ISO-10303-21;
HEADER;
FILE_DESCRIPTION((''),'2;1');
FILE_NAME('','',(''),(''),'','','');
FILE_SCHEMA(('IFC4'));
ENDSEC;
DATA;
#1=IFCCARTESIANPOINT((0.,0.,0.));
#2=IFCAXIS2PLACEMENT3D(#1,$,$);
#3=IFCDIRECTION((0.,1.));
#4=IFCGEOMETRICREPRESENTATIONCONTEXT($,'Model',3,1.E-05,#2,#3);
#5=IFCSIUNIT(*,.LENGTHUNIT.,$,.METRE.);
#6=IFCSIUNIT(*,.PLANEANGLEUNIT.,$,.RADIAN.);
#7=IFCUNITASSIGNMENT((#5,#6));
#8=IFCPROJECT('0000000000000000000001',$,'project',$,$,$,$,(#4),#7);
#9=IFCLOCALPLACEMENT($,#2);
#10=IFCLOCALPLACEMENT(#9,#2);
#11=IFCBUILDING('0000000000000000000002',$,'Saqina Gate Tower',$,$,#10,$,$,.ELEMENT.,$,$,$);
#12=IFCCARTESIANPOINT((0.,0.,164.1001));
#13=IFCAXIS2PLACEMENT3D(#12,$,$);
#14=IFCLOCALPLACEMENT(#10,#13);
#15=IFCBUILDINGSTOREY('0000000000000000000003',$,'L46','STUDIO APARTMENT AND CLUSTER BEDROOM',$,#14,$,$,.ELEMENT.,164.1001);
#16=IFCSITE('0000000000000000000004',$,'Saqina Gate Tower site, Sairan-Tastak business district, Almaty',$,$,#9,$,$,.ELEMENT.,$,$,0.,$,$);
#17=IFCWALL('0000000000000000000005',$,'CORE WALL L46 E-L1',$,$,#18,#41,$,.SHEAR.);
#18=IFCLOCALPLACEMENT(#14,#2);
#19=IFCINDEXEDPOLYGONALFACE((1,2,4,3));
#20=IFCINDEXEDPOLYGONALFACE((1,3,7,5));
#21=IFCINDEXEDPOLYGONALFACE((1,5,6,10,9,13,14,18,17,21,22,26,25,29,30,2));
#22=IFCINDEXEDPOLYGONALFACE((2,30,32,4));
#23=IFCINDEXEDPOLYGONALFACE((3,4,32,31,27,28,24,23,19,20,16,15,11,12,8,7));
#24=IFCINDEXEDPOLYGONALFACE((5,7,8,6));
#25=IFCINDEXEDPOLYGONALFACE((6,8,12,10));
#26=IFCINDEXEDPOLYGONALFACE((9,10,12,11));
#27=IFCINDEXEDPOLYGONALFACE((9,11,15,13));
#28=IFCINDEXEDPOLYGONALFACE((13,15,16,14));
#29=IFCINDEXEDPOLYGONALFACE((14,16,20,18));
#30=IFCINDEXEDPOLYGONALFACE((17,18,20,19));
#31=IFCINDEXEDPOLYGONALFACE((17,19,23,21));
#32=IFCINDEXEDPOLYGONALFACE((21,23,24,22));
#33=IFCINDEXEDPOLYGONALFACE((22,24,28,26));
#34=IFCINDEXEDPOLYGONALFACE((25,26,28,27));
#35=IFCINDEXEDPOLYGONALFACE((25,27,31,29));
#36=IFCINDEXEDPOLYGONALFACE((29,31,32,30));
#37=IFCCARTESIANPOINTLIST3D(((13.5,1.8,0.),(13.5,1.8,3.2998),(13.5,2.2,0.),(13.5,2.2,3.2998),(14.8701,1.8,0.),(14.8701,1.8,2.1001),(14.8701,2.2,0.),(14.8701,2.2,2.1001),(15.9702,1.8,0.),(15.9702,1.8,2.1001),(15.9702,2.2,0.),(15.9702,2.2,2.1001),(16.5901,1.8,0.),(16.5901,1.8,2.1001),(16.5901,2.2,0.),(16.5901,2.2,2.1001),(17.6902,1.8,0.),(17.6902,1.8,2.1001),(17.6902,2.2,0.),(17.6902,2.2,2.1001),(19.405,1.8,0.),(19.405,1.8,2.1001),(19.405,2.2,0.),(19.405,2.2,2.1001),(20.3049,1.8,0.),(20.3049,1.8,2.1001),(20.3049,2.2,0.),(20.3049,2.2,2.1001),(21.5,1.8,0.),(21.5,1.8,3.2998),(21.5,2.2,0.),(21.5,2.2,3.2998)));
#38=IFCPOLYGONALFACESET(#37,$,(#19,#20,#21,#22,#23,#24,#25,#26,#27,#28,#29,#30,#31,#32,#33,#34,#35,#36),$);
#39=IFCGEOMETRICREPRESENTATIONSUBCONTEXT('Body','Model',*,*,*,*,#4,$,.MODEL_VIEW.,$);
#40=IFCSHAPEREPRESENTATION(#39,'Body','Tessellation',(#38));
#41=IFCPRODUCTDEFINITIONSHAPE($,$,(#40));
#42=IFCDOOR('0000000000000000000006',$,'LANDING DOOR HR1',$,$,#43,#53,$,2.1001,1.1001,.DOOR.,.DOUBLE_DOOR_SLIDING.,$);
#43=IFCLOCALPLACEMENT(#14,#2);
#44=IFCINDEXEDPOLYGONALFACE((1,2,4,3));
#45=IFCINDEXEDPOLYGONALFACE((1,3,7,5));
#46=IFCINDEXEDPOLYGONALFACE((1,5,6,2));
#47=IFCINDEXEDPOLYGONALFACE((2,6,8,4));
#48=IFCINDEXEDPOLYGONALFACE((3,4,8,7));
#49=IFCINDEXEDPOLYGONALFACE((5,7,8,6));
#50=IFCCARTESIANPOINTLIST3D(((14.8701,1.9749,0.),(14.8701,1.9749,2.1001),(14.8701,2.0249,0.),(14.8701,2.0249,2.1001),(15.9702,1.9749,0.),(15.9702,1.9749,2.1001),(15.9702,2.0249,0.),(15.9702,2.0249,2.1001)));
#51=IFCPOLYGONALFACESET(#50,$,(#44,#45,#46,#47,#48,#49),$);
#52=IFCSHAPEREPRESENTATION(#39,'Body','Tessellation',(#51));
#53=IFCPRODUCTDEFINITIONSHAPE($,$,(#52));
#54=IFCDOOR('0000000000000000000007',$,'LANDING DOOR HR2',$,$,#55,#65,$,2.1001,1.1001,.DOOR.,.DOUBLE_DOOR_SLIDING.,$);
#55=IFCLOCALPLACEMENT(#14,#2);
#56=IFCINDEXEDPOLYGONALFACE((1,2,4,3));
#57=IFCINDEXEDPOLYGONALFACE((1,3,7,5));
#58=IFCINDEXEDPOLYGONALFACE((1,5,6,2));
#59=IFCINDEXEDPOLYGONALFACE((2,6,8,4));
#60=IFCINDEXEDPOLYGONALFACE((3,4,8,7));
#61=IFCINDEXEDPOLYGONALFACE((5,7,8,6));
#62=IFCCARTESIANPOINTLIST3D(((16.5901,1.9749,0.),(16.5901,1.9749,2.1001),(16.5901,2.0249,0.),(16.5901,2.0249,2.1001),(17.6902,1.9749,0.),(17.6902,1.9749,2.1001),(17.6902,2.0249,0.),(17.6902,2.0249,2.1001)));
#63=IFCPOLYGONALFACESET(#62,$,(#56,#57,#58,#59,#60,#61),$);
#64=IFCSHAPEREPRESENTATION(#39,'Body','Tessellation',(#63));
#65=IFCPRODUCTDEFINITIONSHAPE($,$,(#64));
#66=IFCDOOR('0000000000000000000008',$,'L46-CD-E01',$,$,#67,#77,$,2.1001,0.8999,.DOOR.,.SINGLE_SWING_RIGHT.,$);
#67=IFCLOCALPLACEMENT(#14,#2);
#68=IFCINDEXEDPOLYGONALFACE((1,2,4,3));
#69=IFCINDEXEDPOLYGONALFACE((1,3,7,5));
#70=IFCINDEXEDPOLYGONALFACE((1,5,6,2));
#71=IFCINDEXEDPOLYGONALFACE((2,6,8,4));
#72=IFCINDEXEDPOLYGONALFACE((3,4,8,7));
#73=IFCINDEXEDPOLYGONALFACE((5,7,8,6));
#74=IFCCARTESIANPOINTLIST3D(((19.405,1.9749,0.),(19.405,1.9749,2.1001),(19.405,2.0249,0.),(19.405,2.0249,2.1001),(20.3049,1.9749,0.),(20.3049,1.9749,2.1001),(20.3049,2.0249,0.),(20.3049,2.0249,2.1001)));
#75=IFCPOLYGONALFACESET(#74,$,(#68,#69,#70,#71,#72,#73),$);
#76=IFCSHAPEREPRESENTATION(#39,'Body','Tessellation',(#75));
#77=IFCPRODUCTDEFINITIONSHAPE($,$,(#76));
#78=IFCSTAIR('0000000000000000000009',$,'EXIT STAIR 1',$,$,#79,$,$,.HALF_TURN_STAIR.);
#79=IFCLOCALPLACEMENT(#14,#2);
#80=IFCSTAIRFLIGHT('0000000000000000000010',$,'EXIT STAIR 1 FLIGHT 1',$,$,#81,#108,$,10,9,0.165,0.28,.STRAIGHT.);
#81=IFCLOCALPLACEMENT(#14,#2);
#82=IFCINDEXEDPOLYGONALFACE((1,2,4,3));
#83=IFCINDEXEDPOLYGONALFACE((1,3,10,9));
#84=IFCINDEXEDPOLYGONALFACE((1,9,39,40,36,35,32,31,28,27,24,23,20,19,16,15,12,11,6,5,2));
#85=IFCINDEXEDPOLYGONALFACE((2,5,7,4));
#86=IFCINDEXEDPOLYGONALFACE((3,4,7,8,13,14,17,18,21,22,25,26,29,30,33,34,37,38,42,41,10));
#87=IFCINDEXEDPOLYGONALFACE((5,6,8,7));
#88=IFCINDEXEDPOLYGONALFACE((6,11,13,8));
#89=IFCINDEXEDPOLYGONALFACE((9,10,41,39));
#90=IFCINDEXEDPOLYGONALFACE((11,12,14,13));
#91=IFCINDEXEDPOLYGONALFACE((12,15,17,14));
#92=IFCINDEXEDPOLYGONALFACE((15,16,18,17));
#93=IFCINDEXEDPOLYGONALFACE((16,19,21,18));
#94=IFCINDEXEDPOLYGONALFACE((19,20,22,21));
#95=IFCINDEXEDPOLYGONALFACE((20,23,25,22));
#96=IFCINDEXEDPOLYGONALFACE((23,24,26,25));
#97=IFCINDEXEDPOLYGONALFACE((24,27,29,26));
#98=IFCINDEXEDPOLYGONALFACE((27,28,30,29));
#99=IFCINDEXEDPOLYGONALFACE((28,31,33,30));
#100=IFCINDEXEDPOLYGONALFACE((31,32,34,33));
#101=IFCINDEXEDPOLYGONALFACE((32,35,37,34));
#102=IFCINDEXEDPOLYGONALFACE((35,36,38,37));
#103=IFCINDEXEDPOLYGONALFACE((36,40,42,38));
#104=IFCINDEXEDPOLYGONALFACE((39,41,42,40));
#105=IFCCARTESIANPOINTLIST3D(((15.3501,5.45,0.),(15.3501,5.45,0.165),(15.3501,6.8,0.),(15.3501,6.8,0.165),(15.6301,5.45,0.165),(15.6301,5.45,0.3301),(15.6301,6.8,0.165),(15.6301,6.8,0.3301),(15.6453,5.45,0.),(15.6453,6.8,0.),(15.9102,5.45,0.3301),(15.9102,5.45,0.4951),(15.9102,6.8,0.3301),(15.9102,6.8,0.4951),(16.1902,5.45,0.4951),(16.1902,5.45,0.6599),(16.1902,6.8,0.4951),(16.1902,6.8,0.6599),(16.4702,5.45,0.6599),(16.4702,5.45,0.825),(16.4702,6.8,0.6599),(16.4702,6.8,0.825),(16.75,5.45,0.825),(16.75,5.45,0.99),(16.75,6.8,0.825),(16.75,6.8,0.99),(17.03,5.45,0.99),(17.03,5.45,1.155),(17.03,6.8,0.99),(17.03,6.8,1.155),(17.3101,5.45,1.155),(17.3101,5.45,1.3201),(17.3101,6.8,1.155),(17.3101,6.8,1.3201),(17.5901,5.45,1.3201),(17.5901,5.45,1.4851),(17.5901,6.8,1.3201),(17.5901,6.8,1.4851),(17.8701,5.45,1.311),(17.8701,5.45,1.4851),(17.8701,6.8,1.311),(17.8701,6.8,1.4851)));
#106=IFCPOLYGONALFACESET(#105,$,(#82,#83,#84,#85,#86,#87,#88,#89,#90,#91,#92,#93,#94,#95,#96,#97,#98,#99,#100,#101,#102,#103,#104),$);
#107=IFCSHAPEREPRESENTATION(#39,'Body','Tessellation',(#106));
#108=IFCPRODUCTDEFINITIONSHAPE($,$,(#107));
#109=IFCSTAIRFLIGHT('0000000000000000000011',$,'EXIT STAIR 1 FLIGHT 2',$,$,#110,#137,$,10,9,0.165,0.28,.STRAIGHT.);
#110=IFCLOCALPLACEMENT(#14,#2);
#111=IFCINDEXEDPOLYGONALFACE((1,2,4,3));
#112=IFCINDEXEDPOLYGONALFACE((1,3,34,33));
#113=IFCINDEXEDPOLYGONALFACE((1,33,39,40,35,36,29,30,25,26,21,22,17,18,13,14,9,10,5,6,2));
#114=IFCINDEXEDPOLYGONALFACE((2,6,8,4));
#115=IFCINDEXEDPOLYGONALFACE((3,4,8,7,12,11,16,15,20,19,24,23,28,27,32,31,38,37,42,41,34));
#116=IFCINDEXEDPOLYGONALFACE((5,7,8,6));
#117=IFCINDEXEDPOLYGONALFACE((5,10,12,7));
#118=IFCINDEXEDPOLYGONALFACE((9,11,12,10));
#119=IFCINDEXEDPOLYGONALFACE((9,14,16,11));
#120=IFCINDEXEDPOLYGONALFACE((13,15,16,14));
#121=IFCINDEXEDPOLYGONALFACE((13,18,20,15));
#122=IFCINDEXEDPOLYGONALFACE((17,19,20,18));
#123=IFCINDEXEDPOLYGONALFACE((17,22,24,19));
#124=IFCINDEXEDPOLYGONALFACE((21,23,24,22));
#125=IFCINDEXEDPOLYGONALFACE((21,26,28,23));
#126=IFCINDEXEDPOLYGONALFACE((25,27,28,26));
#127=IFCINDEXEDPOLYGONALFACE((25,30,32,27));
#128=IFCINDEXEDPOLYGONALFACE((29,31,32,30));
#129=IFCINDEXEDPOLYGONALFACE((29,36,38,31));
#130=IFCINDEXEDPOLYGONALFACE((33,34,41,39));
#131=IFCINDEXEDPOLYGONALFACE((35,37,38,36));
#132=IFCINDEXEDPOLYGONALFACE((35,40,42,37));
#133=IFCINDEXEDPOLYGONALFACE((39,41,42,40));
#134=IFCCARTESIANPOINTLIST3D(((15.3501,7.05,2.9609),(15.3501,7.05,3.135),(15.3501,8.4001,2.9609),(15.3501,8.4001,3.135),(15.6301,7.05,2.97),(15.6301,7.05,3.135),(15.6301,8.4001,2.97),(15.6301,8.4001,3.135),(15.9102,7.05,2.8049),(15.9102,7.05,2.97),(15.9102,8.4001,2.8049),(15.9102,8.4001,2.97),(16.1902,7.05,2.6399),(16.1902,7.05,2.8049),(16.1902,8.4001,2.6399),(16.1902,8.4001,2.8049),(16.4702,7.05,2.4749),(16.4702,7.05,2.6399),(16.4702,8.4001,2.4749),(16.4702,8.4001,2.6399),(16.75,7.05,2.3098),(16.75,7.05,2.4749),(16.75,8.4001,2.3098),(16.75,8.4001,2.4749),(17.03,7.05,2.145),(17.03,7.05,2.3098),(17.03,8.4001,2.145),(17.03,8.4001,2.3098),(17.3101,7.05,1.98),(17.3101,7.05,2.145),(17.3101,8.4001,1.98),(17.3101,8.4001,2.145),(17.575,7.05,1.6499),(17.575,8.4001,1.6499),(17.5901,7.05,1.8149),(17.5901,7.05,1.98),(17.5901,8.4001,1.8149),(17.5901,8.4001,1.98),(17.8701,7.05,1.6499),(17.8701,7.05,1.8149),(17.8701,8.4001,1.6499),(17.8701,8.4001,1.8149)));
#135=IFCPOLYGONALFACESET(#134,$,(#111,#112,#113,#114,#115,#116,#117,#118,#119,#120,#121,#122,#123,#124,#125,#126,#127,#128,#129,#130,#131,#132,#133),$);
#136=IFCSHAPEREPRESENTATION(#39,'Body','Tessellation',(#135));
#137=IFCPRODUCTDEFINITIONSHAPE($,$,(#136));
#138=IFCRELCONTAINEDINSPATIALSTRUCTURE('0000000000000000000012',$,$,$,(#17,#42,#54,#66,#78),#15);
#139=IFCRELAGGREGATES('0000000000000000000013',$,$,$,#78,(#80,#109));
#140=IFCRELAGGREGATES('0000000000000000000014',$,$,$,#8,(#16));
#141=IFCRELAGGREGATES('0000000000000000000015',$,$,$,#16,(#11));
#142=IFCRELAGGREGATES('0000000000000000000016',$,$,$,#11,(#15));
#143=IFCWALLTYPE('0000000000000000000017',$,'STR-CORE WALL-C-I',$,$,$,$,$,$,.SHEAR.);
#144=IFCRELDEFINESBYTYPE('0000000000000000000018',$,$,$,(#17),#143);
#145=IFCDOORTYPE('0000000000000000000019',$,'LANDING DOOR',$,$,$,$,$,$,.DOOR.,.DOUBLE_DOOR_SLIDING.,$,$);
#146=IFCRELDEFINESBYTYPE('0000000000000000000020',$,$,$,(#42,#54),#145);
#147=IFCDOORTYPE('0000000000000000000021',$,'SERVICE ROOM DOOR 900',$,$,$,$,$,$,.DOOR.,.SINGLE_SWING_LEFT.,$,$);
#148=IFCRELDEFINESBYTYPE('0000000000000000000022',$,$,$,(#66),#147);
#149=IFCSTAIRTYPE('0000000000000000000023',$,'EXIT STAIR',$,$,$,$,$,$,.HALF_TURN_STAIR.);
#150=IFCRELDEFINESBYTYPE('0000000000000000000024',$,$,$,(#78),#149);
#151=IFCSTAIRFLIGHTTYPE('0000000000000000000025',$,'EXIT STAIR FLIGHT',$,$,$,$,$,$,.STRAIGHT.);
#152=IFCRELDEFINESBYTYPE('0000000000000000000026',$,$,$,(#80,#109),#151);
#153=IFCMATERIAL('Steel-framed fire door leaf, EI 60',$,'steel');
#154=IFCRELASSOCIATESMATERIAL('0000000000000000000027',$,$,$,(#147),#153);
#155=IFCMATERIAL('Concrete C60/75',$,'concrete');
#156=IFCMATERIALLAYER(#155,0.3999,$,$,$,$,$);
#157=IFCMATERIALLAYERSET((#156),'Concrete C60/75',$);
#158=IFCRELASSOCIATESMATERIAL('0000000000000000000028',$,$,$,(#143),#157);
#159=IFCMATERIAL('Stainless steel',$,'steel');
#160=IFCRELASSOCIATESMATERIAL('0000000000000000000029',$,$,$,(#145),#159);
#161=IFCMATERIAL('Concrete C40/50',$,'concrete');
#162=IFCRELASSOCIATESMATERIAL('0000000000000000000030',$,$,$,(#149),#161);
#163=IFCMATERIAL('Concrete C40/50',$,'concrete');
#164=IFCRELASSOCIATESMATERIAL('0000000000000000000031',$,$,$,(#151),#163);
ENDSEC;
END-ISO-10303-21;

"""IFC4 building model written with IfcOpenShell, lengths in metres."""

from ifc_helpers import new_model, si_unit, direction, frame, frame_2d, origin, place, context, subcontext, project, spatial, polyline, rectangle, outline, extrude, material, layer, layer_set, type_object, element, fill, aggregate, save


model = new_model("IFC4")

# Units and contexts
model_context = context("Model", 3, precision=1e-05, world=origin(), true_north=direction((0.0, 1.0)))
body_context = subcontext(model_context, "Body", "Model", "MODEL_VIEW")
ifc_project = project(units=[si_unit("LENGTHUNIT", "METRE"), si_unit("PLANEANGLEUNIT", "RADIAN")], contexts=[model_context])

# Site, building, storey
site_placement = place(None, origin())
site = spatial("IfcSite", under=ifc_project, at=site_placement, Name="Saqina Gate Tower site, Sairan-Tastak business district, Almaty", CompositionType="ELEMENT", RefElevation=0.0)
building_placement = place(site_placement, origin())
building = spatial("IfcBuilding", under=site, at=building_placement, Name="Saqina Gate Tower", CompositionType="ELEMENT")
storey_placement = place(building_placement, frame((0.0, 0.0, 164.1001)))
storey = spatial("IfcBuildingStorey", under=building, at=storey_placement, Name="L46", Description="STUDIO APARTMENT AND CLUSTER BEDROOM", CompositionType="ELEMENT", Elevation=164.1001)

# Shared definitions
ifc_material_1 = material(Name="Steel-framed fire door leaf, EI 60", Category="steel")
door_type_1 = type_object("IfcDoorType", Name="SERVICE ROOM DOOR 900", OperationType="SINGLE_SWING_LEFT", PredefinedType="DOOR", material=ifc_material_1)

# Shared definitions
ifc_material_2 = material(Name="Concrete C60/75", Category="concrete")
ifc_layer_1 = layer(ifc_material_2, 0.3999)
ifc_layer_set_1 = layer_set([ifc_layer_1], Name="Concrete C60/75")
wall_type_1 = type_object("IfcWallType", Name="STR-CORE WALL-C-I", PredefinedType="SHEAR", material=ifc_layer_set_1)

# Wall, openings, doors
wall_1_placement = place(storey_placement, frame((13.5, 2.0, 0.0), z_axis=(0.0, 0.0, 1.0), x_axis=(1.0, 0.0, 0.0)))
wall_1 = element("IfcWall", 1, at=wall_1_placement, inside=storey, type_object=wall_type_1, Name="CORE WALL L46 E-L1", PredefinedType="SHEAR", context=body_context, shape_type="SweptSolid", body=[
    extrude(rectangle(XDim=8.0, YDim=0.3999, at=frame_2d((4.0, 0.0))), origin(), (0.0, 0.0, 1.0), 3.2998),
])
opening_1_placement = place(wall_1_placement, frame((1.3701, 0.0, 0.0)))
opening_1 = element("IfcOpeningElement", 2, at=opening_1_placement, cuts=wall_1, PredefinedType="OPENING", context=body_context, shape_type="SweptSolid", body=[
    extrude(rectangle(XDim=1.1001, YDim=2.1001, at=frame_2d((0.55, 1.05))), frame((0.0, 0.2119, 0.0), z_axis=(0.0, -1.0, 0.0), x_axis=(1.0, 0.0, 0.0)), (0.0, 0.0, 1.0), 0.4238),
])
opening_2_placement = place(wall_1_placement, frame((3.0901, 0.0, 0.0)))
opening_2 = element("IfcOpeningElement", 3, at=opening_2_placement, cuts=wall_1, PredefinedType="OPENING", context=body_context, shape_type="SweptSolid", body=[
    extrude(rectangle(XDim=1.1001, YDim=2.1001, at=frame_2d((0.55, 1.05))), frame((0.0, 0.2119, 0.0), z_axis=(0.0, -1.0, 0.0), x_axis=(1.0, 0.0, 0.0)), (0.0, 0.0, 1.0), 0.4238),
])
opening_3_placement = place(wall_1_placement, frame((5.905, 0.0, 0.0)))
opening_3 = element("IfcOpeningElement", 4, at=opening_3_placement, cuts=wall_1, PredefinedType="OPENING", context=body_context, shape_type="SweptSolid", body=[
    extrude(rectangle(XDim=0.8999, YDim=2.1001, at=frame_2d((0.45, 1.05))), frame((0.0, 0.2119, 0.0), z_axis=(0.0, -1.0, 0.0), x_axis=(1.0, 0.0, 0.0)), (0.0, 0.0, 1.0), 0.4238),
])
ifc_material_3 = material(Name="Stainless steel", Category="steel")
door_type_2 = type_object("IfcDoorType", Name="LANDING DOOR", OperationType="DOUBLE_DOOR_SLIDING", PredefinedType="DOOR", material=ifc_material_3)
door_1_placement = place(opening_1_placement, origin())
door_1 = element("IfcDoor", 5, at=door_1_placement, inside=storey, type_object=door_type_2, Name="LANDING DOOR HR1", OperationType="DOUBLE_DOOR_SLIDING", OverallHeight=2.1001, OverallWidth=1.1001, PredefinedType="DOOR", context=body_context, shape_type="SweptSolid", body=[
    extrude(rectangle(XDim=1.1001, YDim=2.1001, at=frame_2d((0.55, 1.05))), frame((0.0, 0.0249, 0.0), z_axis=(0.0, -1.0, 0.0), x_axis=(1.0, 0.0, 0.0)), (0.0, 0.0, 1.0), 0.05),
])
fill(opening_1, door_1)
door_2_placement = place(opening_2_placement, origin())
door_2 = element("IfcDoor", 6, at=door_2_placement, inside=storey, type_object=door_type_2, Name="LANDING DOOR HR2", OperationType="DOUBLE_DOOR_SLIDING", OverallHeight=2.1001, OverallWidth=1.1001, PredefinedType="DOOR", context=body_context, shape_type="SweptSolid", body=[
    extrude(rectangle(XDim=1.1001, YDim=2.1001, at=frame_2d((0.55, 1.05))), frame((0.0, 0.0249, 0.0), z_axis=(0.0, -1.0, 0.0), x_axis=(1.0, 0.0, 0.0)), (0.0, 0.0, 1.0), 0.05),
])
fill(opening_2, door_2)
door_3_placement = place(opening_3_placement, origin())
door_3 = element("IfcDoor", 7, at=door_3_placement, inside=storey, type_object=door_type_1, Name="L46-CD-E01", OperationType="SINGLE_SWING_RIGHT", OverallHeight=2.1001, OverallWidth=0.8999, PredefinedType="DOOR", context=body_context, shape_type="SweptSolid", body=[
    extrude(rectangle(XDim=0.8999, YDim=2.1001, at=frame_2d((0.45, 1.05))), frame((0.0, 0.0249, 0.0), z_axis=(0.0, -1.0, 0.0), x_axis=(1.0, 0.0, 0.0)), (0.0, 0.0, 1.0), 0.05),
])
fill(opening_3, door_3)

# Stair, stair flights
ifc_material_4 = material(Name="Concrete C40/50", Category="concrete")
stair_type = type_object("IfcStairType", Name="EXIT STAIR", PredefinedType="HALF_TURN_STAIR", material=ifc_material_4)
stair_placement = place(storey_placement, origin())
stair = element("IfcStair", 8, at=stair_placement, inside=storey, type_object=stair_type, Name="EXIT STAIR 1", PredefinedType="HALF_TURN_STAIR")
ifc_material_5 = material(Name="Concrete C40/50", Category="concrete")
stair_flight_type = type_object("IfcStairFlightType", Name="EXIT STAIR FLIGHT", PredefinedType="STRAIGHT", material=ifc_material_5)
stair_flight_1_placement = place(storey_placement, frame((15.3501, 6.125, 0.0), z_axis=(0.0, 0.0, 1.0), x_axis=(1.0, 0.0, 0.0)))
stair_flight_1 = element("IfcStairFlight", 9, at=stair_flight_1_placement, type_object=stair_flight_type, Name="EXIT STAIR 1 FLIGHT 1", NumberOfRisers=10, NumberOfTreads=9, PredefinedType="STRAIGHT", RiserHeight=0.165, TreadLength=0.28, context=body_context, shape_type="SweptSolid", body=[
    extrude(outline(polyline([(0.0, 0.0), (0.0, 0.165), (0.28, 0.165), (0.28, 0.3301), (0.5601, 0.3301), (0.5601, 0.4951), (0.8401, 0.4951), (0.8401, 0.6599), (1.1201, 0.6599), (1.1201, 0.825), (1.3999, 0.825), (1.3999, 0.99), (1.6799, 0.99), (1.6799, 1.155), (1.96, 1.155), (1.96, 1.3201), (2.24, 1.3201), (2.24, 1.4851), (2.52, 1.4851), (2.52, 1.6499), (2.52, 1.311), (0.2952, 0.0), (0.0, 0.0)])), frame((0.0, 0.675, 0.0), z_axis=(0.0, -1.0, 0.0), x_axis=(1.0, 0.0, 0.0)), (0.0, 0.0, 1.0), 1.3501),
])
stair_flight_2_placement = place(storey_placement, frame((17.8701, 7.7251, 1.6499), z_axis=(0.0, 0.0, 1.0), x_axis=(-1.0, 0.0, 0.0)))
stair_flight_2 = element("IfcStairFlight", 10, at=stair_flight_2_placement, type_object=stair_flight_type, Name="EXIT STAIR 1 FLIGHT 2", NumberOfRisers=10, NumberOfTreads=9, PredefinedType="STRAIGHT", RiserHeight=0.165, TreadLength=0.28, context=body_context, shape_type="SweptSolid", body=[
    extrude(outline(polyline([(0.0, 0.0), (0.0, 0.165), (0.28, 0.165), (0.28, 0.3301), (0.5601, 0.3301), (0.5601, 0.4951), (0.8401, 0.4951), (0.8401, 0.6599), (1.1201, 0.6599), (1.1201, 0.825), (1.3999, 0.825), (1.3999, 0.99), (1.6799, 0.99), (1.6799, 1.155), (1.96, 1.155), (1.96, 1.3201), (2.24, 1.3201), (2.24, 1.4851), (2.52, 1.4851), (2.52, 1.6499), (2.52, 1.311), (0.2952, 0.0), (0.0, 0.0)])), frame((0.0, 0.675, 0.0), z_axis=(0.0, -1.0, 0.0), x_axis=(1.0, 0.0, 0.0)), (0.0, 0.0, 1.0), 1.3501),
])
aggregate(stair, [stair_flight_1, stair_flight_2])

save(model, "model.ifc")
